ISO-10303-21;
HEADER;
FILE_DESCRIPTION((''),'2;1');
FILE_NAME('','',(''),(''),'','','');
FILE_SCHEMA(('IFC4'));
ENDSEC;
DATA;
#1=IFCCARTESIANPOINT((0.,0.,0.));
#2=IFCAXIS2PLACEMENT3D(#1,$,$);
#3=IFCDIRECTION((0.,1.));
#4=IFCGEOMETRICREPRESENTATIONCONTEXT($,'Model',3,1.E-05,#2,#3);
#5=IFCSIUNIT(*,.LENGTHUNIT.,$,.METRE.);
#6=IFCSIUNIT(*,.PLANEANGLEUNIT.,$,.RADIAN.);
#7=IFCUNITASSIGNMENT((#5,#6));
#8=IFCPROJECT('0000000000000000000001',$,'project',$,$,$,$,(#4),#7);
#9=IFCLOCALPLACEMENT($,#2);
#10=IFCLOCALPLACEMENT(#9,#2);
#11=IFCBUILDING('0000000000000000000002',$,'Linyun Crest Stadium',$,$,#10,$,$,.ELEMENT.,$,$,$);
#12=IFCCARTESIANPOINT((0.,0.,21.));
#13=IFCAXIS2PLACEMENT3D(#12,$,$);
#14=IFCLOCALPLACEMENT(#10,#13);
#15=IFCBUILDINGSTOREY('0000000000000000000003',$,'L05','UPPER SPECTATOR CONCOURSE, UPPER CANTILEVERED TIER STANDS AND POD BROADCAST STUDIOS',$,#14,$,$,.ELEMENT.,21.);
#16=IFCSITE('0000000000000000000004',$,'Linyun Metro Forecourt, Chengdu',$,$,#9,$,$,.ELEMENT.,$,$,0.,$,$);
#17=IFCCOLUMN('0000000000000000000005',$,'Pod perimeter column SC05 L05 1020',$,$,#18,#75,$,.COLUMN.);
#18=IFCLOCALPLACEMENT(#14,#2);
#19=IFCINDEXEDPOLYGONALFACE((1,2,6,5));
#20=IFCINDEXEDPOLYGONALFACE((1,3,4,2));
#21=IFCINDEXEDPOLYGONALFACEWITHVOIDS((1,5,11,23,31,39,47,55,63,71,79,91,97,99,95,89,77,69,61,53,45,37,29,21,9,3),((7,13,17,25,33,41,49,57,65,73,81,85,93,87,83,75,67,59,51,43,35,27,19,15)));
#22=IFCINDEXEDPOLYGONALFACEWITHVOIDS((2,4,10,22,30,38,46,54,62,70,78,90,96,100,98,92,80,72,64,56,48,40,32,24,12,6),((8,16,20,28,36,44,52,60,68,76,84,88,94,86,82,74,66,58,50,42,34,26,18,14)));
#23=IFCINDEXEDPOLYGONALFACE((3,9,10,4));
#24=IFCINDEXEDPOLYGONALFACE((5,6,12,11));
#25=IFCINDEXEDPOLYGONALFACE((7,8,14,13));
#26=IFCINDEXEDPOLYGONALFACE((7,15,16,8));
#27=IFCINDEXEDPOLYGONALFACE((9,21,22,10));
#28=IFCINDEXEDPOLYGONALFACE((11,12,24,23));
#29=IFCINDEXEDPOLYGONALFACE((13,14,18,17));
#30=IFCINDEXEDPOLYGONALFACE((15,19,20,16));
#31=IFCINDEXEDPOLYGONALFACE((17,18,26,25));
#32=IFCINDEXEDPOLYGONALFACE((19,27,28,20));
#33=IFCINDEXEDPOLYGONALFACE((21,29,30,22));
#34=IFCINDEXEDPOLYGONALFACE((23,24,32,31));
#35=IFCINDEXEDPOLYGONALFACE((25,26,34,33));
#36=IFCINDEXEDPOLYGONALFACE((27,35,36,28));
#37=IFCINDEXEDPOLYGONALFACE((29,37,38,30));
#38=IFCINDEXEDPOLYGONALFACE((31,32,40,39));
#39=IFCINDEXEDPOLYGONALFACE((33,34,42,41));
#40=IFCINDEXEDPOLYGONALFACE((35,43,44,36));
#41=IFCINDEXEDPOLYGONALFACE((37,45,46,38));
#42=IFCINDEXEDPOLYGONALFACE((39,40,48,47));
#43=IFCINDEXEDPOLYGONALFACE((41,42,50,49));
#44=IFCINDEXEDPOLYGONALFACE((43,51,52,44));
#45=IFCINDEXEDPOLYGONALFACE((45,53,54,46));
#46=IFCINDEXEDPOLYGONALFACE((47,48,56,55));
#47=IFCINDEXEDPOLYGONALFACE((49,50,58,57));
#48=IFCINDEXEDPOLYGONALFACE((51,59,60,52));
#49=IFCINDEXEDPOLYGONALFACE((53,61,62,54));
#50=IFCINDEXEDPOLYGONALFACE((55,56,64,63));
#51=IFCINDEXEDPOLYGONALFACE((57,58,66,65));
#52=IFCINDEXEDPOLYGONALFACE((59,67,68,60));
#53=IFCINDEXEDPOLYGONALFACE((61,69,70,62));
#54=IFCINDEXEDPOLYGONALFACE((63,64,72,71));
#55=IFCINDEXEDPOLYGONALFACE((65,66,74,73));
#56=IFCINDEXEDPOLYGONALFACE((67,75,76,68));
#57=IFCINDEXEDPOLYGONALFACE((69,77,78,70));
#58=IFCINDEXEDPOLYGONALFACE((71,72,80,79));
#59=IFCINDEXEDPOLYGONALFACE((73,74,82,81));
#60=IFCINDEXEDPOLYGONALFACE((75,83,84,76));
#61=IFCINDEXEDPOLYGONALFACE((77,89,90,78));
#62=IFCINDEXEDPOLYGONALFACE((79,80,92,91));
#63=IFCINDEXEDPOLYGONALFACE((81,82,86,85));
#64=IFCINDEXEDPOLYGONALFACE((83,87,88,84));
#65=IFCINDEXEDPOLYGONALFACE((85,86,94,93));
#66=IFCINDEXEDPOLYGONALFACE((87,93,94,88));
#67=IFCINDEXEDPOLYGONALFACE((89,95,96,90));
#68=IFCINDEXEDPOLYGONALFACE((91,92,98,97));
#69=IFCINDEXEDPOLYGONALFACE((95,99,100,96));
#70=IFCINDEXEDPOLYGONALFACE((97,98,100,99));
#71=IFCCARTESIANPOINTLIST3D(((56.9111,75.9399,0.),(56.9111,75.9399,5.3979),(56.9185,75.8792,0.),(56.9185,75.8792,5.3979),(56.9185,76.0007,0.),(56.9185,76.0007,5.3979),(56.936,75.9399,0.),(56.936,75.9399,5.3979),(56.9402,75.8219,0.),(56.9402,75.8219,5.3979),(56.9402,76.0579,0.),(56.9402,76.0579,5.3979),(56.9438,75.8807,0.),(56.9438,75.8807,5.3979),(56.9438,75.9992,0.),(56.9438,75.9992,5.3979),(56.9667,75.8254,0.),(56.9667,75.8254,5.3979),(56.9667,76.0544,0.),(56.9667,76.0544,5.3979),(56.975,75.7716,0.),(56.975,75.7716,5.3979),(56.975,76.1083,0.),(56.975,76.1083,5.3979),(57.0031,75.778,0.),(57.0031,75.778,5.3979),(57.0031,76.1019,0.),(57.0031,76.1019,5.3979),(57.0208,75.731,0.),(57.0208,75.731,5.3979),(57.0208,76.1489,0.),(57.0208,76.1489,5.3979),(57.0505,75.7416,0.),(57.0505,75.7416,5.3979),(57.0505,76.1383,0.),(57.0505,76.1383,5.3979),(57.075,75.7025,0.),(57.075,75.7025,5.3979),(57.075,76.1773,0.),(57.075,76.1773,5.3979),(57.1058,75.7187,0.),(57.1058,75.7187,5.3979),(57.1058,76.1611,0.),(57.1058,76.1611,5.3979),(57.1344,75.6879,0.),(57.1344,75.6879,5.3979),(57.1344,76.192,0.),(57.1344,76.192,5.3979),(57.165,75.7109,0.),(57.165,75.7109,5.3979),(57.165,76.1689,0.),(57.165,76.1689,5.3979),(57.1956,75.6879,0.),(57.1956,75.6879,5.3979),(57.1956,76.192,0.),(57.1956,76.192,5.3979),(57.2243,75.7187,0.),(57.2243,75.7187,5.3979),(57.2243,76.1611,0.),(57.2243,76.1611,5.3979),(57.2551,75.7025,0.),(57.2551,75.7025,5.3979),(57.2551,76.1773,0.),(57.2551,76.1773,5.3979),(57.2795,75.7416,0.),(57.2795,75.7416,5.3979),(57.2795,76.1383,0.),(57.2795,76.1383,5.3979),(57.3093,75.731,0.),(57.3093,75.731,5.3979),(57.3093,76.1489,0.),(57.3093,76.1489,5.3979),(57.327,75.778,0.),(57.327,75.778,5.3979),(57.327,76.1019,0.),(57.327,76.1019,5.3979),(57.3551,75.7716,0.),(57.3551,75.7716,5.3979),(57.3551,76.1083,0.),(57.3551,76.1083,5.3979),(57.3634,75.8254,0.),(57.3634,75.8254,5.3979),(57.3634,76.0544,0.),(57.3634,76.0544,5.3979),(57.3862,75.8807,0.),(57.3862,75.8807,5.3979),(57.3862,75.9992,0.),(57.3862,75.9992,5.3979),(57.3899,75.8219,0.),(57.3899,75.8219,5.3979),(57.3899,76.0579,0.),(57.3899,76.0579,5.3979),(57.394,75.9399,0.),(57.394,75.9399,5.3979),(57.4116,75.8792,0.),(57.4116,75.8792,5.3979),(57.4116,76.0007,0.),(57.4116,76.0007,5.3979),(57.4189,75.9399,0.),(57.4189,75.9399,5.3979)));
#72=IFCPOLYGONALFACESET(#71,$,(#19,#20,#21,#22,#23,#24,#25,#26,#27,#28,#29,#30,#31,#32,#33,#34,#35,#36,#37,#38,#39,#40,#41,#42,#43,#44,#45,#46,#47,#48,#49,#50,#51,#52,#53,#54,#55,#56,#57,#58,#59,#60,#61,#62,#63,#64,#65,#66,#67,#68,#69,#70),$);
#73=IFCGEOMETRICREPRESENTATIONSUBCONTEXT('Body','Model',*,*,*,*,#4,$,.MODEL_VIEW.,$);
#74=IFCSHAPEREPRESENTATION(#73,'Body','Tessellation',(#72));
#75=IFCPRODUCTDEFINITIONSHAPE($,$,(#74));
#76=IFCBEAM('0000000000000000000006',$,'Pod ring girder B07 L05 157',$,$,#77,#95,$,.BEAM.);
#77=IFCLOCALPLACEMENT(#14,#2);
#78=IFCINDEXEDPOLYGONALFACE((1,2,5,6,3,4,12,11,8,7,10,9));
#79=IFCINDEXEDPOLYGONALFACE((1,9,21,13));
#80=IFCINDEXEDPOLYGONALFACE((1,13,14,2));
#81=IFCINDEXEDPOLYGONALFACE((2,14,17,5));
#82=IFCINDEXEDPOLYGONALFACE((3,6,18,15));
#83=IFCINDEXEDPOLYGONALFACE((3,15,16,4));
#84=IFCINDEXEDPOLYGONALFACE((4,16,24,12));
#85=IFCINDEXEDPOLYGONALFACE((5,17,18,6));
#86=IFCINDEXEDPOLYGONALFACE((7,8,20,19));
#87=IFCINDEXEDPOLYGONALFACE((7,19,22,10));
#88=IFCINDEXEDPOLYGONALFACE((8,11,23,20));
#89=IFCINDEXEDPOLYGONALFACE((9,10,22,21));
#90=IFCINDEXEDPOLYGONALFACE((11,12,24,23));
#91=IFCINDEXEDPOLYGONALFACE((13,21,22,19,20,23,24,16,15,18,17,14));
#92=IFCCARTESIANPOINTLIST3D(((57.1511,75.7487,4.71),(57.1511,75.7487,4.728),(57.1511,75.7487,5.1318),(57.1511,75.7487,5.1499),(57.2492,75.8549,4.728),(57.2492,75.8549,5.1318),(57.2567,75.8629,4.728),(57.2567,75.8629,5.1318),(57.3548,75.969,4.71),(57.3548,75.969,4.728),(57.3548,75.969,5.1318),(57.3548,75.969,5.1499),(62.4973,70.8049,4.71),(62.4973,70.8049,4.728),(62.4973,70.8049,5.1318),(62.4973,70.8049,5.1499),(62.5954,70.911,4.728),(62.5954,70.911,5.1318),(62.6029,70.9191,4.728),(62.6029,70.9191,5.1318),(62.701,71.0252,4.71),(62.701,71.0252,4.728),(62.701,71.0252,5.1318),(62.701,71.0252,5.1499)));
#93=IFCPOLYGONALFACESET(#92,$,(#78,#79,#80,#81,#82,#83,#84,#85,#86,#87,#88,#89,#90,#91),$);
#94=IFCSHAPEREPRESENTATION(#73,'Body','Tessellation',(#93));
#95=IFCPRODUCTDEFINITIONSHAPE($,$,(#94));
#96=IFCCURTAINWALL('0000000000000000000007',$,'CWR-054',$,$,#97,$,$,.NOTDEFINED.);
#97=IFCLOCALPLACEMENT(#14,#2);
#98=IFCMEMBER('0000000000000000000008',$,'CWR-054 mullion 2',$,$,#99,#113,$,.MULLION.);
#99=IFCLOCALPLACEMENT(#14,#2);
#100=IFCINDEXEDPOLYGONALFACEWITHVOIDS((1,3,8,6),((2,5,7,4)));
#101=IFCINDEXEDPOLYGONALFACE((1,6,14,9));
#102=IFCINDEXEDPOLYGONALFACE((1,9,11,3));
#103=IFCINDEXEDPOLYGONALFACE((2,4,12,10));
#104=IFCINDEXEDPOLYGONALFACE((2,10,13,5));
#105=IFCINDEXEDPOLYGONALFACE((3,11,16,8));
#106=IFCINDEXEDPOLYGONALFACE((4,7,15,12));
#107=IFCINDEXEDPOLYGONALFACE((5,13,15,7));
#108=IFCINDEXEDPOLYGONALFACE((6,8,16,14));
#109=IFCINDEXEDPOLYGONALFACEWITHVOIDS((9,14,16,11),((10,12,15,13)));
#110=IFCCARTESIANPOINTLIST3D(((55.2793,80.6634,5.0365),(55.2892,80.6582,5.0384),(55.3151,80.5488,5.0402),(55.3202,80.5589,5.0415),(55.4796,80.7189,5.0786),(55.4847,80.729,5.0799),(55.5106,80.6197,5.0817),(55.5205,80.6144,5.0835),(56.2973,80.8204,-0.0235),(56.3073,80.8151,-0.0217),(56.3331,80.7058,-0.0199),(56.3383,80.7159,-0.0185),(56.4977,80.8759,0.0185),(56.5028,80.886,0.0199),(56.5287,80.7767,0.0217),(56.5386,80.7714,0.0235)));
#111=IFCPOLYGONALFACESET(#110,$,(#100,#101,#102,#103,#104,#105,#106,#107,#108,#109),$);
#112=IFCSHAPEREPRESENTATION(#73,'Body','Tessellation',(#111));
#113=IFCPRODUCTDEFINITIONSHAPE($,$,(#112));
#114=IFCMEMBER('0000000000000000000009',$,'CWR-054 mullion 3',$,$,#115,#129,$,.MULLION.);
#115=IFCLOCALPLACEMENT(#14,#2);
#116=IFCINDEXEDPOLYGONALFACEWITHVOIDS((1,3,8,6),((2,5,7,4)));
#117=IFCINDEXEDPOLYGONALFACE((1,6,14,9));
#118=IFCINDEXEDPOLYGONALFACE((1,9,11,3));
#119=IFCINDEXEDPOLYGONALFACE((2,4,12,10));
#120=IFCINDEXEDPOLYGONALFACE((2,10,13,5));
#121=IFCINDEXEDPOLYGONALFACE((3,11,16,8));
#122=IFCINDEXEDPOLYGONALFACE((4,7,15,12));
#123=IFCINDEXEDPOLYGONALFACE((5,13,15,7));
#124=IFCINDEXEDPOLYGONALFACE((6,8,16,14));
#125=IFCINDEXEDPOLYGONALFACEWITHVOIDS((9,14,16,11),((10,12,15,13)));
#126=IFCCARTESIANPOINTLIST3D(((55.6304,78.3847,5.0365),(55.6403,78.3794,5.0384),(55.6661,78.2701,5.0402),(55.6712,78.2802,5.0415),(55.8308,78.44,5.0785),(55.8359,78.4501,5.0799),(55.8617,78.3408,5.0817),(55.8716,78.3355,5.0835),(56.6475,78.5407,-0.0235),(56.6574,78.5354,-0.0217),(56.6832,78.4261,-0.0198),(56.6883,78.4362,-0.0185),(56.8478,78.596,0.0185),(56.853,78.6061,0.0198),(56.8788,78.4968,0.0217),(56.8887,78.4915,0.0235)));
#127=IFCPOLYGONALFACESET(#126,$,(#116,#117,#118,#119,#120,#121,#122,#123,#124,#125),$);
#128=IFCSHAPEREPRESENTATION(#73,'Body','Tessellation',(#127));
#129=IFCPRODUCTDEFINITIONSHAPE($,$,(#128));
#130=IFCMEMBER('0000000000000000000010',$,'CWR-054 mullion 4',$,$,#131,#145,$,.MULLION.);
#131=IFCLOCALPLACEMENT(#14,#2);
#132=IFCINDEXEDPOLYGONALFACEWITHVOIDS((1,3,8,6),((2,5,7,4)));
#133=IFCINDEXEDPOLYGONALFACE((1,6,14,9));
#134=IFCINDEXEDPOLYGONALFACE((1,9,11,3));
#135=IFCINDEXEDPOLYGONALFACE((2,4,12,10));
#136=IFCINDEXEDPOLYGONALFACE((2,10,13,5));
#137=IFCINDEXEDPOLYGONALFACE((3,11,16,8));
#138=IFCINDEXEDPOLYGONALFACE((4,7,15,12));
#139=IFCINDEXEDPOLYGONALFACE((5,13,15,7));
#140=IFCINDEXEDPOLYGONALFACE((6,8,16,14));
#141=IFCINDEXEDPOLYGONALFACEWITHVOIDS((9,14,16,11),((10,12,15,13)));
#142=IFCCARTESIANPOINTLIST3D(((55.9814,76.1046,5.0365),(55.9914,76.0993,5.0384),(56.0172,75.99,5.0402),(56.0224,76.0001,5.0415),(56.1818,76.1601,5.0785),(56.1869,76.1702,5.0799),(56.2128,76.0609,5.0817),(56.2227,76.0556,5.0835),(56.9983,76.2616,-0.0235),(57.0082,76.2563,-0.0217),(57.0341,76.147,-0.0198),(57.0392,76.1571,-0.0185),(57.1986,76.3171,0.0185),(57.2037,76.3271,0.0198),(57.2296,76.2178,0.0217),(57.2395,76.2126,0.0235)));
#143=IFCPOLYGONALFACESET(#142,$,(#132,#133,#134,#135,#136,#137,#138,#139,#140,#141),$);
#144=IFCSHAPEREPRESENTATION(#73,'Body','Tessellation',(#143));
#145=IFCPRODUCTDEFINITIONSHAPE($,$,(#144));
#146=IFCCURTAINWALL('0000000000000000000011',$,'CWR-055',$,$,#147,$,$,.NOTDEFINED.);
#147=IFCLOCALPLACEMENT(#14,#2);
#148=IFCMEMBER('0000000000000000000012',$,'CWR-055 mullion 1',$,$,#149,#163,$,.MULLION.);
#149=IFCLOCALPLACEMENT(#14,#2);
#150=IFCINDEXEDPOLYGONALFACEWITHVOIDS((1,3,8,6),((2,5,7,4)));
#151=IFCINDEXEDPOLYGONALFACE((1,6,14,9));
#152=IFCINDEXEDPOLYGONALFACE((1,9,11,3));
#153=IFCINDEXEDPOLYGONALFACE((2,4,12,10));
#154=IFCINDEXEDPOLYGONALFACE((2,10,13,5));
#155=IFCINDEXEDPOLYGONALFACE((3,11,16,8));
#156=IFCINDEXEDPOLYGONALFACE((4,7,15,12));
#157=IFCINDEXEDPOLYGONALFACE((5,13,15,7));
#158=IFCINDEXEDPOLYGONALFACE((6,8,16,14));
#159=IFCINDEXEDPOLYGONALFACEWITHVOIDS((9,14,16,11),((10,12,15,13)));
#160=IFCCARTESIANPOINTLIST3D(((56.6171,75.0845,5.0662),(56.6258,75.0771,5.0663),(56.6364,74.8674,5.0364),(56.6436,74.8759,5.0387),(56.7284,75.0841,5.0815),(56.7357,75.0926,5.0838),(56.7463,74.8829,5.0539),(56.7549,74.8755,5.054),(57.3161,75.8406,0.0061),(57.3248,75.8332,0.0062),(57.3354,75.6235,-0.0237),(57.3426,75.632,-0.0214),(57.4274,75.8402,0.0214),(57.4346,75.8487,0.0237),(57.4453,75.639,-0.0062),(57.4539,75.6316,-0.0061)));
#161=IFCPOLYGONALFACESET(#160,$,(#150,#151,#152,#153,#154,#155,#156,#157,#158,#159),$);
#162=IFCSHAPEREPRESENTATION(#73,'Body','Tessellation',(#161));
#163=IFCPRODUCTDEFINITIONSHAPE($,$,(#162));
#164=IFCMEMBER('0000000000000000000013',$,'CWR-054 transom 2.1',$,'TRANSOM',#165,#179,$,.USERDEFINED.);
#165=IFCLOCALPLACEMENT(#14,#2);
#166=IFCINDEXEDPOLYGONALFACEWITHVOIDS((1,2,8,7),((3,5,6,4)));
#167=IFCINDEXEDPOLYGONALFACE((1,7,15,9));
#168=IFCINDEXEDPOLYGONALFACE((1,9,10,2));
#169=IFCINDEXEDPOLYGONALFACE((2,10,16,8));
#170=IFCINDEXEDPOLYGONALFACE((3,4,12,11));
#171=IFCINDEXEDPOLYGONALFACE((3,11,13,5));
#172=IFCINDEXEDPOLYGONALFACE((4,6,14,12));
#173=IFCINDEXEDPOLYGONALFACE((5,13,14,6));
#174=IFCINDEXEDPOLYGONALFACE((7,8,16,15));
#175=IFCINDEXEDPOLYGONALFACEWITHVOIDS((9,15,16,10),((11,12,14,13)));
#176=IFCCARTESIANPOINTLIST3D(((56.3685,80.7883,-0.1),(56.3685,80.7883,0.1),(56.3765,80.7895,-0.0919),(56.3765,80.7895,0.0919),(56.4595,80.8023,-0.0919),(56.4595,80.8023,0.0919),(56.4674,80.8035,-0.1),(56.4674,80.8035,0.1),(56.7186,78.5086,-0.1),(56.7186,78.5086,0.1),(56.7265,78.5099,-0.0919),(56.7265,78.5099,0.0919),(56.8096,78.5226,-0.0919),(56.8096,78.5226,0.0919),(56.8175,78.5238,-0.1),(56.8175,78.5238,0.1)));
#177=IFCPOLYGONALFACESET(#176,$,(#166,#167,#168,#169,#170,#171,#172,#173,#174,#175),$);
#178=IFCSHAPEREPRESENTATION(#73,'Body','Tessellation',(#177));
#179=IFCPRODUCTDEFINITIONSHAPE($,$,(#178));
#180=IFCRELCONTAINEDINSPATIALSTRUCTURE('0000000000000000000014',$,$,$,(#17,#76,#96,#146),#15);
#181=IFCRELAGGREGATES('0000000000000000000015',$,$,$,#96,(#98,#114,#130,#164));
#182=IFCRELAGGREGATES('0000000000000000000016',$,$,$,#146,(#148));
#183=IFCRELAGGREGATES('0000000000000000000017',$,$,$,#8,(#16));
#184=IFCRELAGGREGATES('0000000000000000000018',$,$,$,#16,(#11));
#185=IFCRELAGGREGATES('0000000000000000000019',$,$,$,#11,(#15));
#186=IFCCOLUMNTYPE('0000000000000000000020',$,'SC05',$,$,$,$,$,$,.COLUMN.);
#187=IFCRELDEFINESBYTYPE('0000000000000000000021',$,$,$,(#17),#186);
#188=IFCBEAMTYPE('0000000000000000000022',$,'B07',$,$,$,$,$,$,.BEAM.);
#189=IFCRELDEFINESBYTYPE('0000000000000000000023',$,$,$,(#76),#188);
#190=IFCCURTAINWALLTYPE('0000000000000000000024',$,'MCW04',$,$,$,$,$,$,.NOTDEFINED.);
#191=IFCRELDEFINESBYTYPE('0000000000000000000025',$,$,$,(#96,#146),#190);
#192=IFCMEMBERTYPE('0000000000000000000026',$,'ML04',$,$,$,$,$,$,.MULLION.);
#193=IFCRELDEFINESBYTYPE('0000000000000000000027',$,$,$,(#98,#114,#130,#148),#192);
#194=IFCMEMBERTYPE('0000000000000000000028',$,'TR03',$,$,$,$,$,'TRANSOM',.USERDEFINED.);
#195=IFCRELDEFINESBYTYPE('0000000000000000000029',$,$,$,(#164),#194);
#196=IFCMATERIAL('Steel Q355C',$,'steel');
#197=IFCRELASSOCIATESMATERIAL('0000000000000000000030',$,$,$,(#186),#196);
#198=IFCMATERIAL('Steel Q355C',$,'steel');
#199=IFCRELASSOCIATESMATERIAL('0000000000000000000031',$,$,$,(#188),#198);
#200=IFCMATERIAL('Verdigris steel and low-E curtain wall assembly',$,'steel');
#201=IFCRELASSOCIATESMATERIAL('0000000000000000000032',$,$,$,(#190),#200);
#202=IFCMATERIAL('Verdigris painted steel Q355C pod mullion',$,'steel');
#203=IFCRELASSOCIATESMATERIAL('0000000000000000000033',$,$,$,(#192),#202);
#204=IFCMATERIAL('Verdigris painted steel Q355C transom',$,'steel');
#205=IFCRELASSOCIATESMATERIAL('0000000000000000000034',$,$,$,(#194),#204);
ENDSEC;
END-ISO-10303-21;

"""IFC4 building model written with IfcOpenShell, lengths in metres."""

from ifc_helpers import new_model, si_unit, direction, frame, origin, origin_2d, place, context, subcontext, project, spatial, hollow_rectangle, hollow_circle, i_section, extrude, material, material_profile, profile_set, type_object, element, aggregate, save


model = new_model("IFC4")

# Units and contexts
model_context = context("Model", 3, precision=1e-05, world=origin(), true_north=direction((0.0, 1.0)))
body_context = subcontext(model_context, "Body", "Model", "MODEL_VIEW")
ifc_project = project(units=[si_unit("LENGTHUNIT", "METRE"), si_unit("PLANEANGLEUNIT", "RADIAN")], contexts=[model_context])

# Site, building, storey
site_placement = place(None, origin())
site = spatial("IfcSite", under=ifc_project, at=site_placement, Name="Linyun Metro Forecourt, Chengdu", CompositionType="ELEMENT", RefElevation=0.0)
building_placement = place(site_placement, origin())
building = spatial("IfcBuilding", under=site, at=building_placement, Name="Linyun Crest Stadium", CompositionType="ELEMENT")
storey_placement = place(building_placement, frame((0.0, 0.0, 21.0)))
storey = spatial("IfcBuildingStorey", under=building, at=storey_placement, Name="L05", Description="UPPER SPECTATOR CONCOURSE, UPPER CANTILEVERED TIER STANDS AND POD BROADCAST STUDIOS", CompositionType="ELEMENT", Elevation=21.0)

# Column
ifc_material_1 = material(Name="Steel Q355C", Category="steel")
ifc_material_profile_1 = material_profile(ifc_material_1, hollow_circle(Radius=0.2539, WallThickness=0.0249, at=origin_2d()), Name="CHS 508x25")
ifc_profile_set_1 = profile_set([ifc_material_profile_1], Name="Steel Q355C")
column_type = type_object("IfcColumnType", Name="SC05", PredefinedType="COLUMN", material=ifc_profile_set_1)
column_placement = place(storey_placement, frame((57.165, 75.9399, 0.0), z_axis=(0.0, 0.0, 1.0), x_axis=(1.0, 0.0, 0.0)))
element("IfcColumn", 1, at=column_placement, inside=storey, type_object=column_type, Name="Pod perimeter column SC05 L05 1020", PredefinedType="COLUMN", context=body_context, shape_type="SweptSolid", body=[
    extrude(hollow_circle(Radius=0.2539, WallThickness=0.0249, at=origin_2d()), origin(), (0.0, 0.0, 1.0), 5.3979),
])

# Beam
ifc_material_2 = material(Name="Steel Q355C", Category="steel")
ifc_material_profile_2 = material_profile(ifc_material_2, i_section(OverallWidth=0.3, OverallDepth=0.4399, WebThickness=0.011, FlangeThickness=0.0181, at=origin_2d()), Name="HM 440x300")
ifc_profile_set_2 = profile_set([ifc_material_profile_2], Name="Steel Q355C")
beam_type = type_object("IfcBeamType", Name="B07", PredefinedType="BEAM", material=ifc_profile_set_2)
beam_placement = place(storey_placement, frame((57.2529, 75.8589, 4.9299), z_axis=(0.734194, -0.67894, 0.0), x_axis=(0.67894, 0.734194, 0.0)))
element("IfcBeam", 2, at=beam_placement, inside=storey, type_object=beam_type, Name="Pod ring girder B07 L05 157", PredefinedType="BEAM", context=body_context, shape_type="SweptSolid", body=[
    extrude(i_section(OverallWidth=0.3, OverallDepth=0.4399, WebThickness=0.011, FlangeThickness=0.0181, at=origin_2d()), origin(), (0.0, 0.0, 1.0), 7.2817),
])

# Curtain wall, members
ifc_material_3 = material(Name="Verdigris steel and low-E curtain wall assembly", Category="steel")
curtain_wall_type = type_object("IfcCurtainWallType", Name="MCW04", PredefinedType="NOTDEFINED", material=ifc_material_3)
curtain_wall_1_placement = place(storey_placement, origin())
curtain_wall_1 = element("IfcCurtainWall", 3, at=curtain_wall_1_placement, inside=storey, type_object=curtain_wall_type, Name="CWR-054", PredefinedType="NOTDEFINED")
ifc_material_4 = material(Name="Verdigris painted steel Q355C pod mullion", Category="steel")
ifc_material_profile_3 = material_profile(ifc_material_4, hollow_rectangle(XDim=0.1201, YDim=0.22, WallThickness=0.0081, at=origin_2d()), Name="RHS 220x120x8")
ifc_profile_set_3 = profile_set([ifc_material_profile_3], Name="Verdigris painted steel Q355C pod mullion")
member_type_1 = type_object("IfcMemberType", Name="ML04", PredefinedType="MULLION", material=ifc_profile_set_3)
member_1_placement = place(storey_placement, frame((56.418, 80.7959, 0.0), z_axis=(-0.197153, -0.0304, 0.979901), x_axis=(0.297947, -0.9541, 0.030346)))
member_1 = element("IfcMember", 4, at=member_1_placement, type_object=member_type_1, Name="CWR-054 mullion 2", PredefinedType="MULLION", context=body_context, shape_type="SweptSolid", body=[
    extrude(hollow_rectangle(XDim=0.1201, YDim=0.22, WallThickness=0.0081, at=origin_2d()), origin(), (0.0, 0.0, 1.0), 5.1638),
])
member_2_placement = place(storey_placement, frame((56.7681, 78.5161, 0.0), z_axis=(-0.196972, -0.030212, 0.979943), x_axis=(0.297196, -0.954335, 0.030314)))
member_2 = element("IfcMember", 5, at=member_2_placement, type_object=member_type_1, Name="CWR-054 mullion 3", PredefinedType="MULLION", context=body_context, shape_type="SweptSolid", body=[
    extrude(hollow_rectangle(XDim=0.1201, YDim=0.22, WallThickness=0.0081, at=origin_2d()), origin(), (0.0, 0.0, 1.0), 5.1636),
])
member_3_placement = place(storey_placement, frame((57.1189, 76.2371, 0.0), z_axis=(-0.196926, -0.030402, 0.979947), x_axis=(0.298126, -0.954045, 0.030312)))
member_3 = element("IfcMember", 6, at=member_3_placement, type_object=member_type_1, Name="CWR-054 mullion 4", PredefinedType="MULLION", context=body_context, shape_type="SweptSolid", body=[
    extrude(hollow_rectangle(XDim=0.1201, YDim=0.22, WallThickness=0.0081, at=origin_2d()), origin(), (0.0, 0.0, 1.0), 5.1636),
])

# Curtain wall, member
curtain_wall_2_placement = place(storey_placement, origin())
curtain_wall_2 = element("IfcCurtainWall", 7, at=curtain_wall_2_placement, inside=storey, type_object=curtain_wall_type, Name="CWR-055", PredefinedType="NOTDEFINED")
member_4_placement = place(storey_placement, frame((57.385, 75.7361, 0.0), z_axis=(-0.135361, -0.146425, 0.979917), x_axis=(0.986909, 0.067602, 0.146429)))
member_4 = element("IfcMember", 8, at=member_4_placement, type_object=member_type_1, Name="CWR-055 mullion 1", PredefinedType="MULLION", context=body_context, shape_type="SweptSolid", body=[
    extrude(hollow_rectangle(XDim=0.1201, YDim=0.22, WallThickness=0.0081, at=origin_2d()), origin(), (0.0, 0.0, 1.0), 5.1638),
])

# Member
ifc_material_5 = material(Name="Verdigris painted steel Q355C transom", Category="steel")
ifc_material_profile_4 = material_profile(ifc_material_5, hollow_rectangle(XDim=0.1001, YDim=0.2, WallThickness=0.0081, at=origin_2d()), Name="RHS 200x100x8")
ifc_profile_set_4 = profile_set([ifc_material_profile_4], Name="Verdigris painted steel Q355C transom")
member_type_2 = type_object("IfcMemberType", Name="TR03", ElementType="TRANSOM", PredefinedType="USERDEFINED", material=ifc_profile_set_4)
member_5_placement = place(storey_placement, frame((56.418, 80.7959, 0.0), z_axis=(0.151787, -0.988413, 0.0), x_axis=(0.988413, 0.151787, 0.0)))
member_5 = element("IfcMember", 9, at=member_5_placement, type_object=member_type_2, Name="CWR-054 transom 2.1", ObjectType="TRANSOM", PredefinedType="USERDEFINED", context=body_context, shape_type="SweptSolid", body=[
    extrude(hollow_rectangle(XDim=0.1001, YDim=0.2, WallThickness=0.0081, at=origin_2d()), origin(), (0.0, 0.0, 1.0), 2.3064),
])

aggregate(curtain_wall_1, [member_1, member_2, member_3, member_5])
aggregate(curtain_wall_2, [member_4])

save(model, "model.ifc")
